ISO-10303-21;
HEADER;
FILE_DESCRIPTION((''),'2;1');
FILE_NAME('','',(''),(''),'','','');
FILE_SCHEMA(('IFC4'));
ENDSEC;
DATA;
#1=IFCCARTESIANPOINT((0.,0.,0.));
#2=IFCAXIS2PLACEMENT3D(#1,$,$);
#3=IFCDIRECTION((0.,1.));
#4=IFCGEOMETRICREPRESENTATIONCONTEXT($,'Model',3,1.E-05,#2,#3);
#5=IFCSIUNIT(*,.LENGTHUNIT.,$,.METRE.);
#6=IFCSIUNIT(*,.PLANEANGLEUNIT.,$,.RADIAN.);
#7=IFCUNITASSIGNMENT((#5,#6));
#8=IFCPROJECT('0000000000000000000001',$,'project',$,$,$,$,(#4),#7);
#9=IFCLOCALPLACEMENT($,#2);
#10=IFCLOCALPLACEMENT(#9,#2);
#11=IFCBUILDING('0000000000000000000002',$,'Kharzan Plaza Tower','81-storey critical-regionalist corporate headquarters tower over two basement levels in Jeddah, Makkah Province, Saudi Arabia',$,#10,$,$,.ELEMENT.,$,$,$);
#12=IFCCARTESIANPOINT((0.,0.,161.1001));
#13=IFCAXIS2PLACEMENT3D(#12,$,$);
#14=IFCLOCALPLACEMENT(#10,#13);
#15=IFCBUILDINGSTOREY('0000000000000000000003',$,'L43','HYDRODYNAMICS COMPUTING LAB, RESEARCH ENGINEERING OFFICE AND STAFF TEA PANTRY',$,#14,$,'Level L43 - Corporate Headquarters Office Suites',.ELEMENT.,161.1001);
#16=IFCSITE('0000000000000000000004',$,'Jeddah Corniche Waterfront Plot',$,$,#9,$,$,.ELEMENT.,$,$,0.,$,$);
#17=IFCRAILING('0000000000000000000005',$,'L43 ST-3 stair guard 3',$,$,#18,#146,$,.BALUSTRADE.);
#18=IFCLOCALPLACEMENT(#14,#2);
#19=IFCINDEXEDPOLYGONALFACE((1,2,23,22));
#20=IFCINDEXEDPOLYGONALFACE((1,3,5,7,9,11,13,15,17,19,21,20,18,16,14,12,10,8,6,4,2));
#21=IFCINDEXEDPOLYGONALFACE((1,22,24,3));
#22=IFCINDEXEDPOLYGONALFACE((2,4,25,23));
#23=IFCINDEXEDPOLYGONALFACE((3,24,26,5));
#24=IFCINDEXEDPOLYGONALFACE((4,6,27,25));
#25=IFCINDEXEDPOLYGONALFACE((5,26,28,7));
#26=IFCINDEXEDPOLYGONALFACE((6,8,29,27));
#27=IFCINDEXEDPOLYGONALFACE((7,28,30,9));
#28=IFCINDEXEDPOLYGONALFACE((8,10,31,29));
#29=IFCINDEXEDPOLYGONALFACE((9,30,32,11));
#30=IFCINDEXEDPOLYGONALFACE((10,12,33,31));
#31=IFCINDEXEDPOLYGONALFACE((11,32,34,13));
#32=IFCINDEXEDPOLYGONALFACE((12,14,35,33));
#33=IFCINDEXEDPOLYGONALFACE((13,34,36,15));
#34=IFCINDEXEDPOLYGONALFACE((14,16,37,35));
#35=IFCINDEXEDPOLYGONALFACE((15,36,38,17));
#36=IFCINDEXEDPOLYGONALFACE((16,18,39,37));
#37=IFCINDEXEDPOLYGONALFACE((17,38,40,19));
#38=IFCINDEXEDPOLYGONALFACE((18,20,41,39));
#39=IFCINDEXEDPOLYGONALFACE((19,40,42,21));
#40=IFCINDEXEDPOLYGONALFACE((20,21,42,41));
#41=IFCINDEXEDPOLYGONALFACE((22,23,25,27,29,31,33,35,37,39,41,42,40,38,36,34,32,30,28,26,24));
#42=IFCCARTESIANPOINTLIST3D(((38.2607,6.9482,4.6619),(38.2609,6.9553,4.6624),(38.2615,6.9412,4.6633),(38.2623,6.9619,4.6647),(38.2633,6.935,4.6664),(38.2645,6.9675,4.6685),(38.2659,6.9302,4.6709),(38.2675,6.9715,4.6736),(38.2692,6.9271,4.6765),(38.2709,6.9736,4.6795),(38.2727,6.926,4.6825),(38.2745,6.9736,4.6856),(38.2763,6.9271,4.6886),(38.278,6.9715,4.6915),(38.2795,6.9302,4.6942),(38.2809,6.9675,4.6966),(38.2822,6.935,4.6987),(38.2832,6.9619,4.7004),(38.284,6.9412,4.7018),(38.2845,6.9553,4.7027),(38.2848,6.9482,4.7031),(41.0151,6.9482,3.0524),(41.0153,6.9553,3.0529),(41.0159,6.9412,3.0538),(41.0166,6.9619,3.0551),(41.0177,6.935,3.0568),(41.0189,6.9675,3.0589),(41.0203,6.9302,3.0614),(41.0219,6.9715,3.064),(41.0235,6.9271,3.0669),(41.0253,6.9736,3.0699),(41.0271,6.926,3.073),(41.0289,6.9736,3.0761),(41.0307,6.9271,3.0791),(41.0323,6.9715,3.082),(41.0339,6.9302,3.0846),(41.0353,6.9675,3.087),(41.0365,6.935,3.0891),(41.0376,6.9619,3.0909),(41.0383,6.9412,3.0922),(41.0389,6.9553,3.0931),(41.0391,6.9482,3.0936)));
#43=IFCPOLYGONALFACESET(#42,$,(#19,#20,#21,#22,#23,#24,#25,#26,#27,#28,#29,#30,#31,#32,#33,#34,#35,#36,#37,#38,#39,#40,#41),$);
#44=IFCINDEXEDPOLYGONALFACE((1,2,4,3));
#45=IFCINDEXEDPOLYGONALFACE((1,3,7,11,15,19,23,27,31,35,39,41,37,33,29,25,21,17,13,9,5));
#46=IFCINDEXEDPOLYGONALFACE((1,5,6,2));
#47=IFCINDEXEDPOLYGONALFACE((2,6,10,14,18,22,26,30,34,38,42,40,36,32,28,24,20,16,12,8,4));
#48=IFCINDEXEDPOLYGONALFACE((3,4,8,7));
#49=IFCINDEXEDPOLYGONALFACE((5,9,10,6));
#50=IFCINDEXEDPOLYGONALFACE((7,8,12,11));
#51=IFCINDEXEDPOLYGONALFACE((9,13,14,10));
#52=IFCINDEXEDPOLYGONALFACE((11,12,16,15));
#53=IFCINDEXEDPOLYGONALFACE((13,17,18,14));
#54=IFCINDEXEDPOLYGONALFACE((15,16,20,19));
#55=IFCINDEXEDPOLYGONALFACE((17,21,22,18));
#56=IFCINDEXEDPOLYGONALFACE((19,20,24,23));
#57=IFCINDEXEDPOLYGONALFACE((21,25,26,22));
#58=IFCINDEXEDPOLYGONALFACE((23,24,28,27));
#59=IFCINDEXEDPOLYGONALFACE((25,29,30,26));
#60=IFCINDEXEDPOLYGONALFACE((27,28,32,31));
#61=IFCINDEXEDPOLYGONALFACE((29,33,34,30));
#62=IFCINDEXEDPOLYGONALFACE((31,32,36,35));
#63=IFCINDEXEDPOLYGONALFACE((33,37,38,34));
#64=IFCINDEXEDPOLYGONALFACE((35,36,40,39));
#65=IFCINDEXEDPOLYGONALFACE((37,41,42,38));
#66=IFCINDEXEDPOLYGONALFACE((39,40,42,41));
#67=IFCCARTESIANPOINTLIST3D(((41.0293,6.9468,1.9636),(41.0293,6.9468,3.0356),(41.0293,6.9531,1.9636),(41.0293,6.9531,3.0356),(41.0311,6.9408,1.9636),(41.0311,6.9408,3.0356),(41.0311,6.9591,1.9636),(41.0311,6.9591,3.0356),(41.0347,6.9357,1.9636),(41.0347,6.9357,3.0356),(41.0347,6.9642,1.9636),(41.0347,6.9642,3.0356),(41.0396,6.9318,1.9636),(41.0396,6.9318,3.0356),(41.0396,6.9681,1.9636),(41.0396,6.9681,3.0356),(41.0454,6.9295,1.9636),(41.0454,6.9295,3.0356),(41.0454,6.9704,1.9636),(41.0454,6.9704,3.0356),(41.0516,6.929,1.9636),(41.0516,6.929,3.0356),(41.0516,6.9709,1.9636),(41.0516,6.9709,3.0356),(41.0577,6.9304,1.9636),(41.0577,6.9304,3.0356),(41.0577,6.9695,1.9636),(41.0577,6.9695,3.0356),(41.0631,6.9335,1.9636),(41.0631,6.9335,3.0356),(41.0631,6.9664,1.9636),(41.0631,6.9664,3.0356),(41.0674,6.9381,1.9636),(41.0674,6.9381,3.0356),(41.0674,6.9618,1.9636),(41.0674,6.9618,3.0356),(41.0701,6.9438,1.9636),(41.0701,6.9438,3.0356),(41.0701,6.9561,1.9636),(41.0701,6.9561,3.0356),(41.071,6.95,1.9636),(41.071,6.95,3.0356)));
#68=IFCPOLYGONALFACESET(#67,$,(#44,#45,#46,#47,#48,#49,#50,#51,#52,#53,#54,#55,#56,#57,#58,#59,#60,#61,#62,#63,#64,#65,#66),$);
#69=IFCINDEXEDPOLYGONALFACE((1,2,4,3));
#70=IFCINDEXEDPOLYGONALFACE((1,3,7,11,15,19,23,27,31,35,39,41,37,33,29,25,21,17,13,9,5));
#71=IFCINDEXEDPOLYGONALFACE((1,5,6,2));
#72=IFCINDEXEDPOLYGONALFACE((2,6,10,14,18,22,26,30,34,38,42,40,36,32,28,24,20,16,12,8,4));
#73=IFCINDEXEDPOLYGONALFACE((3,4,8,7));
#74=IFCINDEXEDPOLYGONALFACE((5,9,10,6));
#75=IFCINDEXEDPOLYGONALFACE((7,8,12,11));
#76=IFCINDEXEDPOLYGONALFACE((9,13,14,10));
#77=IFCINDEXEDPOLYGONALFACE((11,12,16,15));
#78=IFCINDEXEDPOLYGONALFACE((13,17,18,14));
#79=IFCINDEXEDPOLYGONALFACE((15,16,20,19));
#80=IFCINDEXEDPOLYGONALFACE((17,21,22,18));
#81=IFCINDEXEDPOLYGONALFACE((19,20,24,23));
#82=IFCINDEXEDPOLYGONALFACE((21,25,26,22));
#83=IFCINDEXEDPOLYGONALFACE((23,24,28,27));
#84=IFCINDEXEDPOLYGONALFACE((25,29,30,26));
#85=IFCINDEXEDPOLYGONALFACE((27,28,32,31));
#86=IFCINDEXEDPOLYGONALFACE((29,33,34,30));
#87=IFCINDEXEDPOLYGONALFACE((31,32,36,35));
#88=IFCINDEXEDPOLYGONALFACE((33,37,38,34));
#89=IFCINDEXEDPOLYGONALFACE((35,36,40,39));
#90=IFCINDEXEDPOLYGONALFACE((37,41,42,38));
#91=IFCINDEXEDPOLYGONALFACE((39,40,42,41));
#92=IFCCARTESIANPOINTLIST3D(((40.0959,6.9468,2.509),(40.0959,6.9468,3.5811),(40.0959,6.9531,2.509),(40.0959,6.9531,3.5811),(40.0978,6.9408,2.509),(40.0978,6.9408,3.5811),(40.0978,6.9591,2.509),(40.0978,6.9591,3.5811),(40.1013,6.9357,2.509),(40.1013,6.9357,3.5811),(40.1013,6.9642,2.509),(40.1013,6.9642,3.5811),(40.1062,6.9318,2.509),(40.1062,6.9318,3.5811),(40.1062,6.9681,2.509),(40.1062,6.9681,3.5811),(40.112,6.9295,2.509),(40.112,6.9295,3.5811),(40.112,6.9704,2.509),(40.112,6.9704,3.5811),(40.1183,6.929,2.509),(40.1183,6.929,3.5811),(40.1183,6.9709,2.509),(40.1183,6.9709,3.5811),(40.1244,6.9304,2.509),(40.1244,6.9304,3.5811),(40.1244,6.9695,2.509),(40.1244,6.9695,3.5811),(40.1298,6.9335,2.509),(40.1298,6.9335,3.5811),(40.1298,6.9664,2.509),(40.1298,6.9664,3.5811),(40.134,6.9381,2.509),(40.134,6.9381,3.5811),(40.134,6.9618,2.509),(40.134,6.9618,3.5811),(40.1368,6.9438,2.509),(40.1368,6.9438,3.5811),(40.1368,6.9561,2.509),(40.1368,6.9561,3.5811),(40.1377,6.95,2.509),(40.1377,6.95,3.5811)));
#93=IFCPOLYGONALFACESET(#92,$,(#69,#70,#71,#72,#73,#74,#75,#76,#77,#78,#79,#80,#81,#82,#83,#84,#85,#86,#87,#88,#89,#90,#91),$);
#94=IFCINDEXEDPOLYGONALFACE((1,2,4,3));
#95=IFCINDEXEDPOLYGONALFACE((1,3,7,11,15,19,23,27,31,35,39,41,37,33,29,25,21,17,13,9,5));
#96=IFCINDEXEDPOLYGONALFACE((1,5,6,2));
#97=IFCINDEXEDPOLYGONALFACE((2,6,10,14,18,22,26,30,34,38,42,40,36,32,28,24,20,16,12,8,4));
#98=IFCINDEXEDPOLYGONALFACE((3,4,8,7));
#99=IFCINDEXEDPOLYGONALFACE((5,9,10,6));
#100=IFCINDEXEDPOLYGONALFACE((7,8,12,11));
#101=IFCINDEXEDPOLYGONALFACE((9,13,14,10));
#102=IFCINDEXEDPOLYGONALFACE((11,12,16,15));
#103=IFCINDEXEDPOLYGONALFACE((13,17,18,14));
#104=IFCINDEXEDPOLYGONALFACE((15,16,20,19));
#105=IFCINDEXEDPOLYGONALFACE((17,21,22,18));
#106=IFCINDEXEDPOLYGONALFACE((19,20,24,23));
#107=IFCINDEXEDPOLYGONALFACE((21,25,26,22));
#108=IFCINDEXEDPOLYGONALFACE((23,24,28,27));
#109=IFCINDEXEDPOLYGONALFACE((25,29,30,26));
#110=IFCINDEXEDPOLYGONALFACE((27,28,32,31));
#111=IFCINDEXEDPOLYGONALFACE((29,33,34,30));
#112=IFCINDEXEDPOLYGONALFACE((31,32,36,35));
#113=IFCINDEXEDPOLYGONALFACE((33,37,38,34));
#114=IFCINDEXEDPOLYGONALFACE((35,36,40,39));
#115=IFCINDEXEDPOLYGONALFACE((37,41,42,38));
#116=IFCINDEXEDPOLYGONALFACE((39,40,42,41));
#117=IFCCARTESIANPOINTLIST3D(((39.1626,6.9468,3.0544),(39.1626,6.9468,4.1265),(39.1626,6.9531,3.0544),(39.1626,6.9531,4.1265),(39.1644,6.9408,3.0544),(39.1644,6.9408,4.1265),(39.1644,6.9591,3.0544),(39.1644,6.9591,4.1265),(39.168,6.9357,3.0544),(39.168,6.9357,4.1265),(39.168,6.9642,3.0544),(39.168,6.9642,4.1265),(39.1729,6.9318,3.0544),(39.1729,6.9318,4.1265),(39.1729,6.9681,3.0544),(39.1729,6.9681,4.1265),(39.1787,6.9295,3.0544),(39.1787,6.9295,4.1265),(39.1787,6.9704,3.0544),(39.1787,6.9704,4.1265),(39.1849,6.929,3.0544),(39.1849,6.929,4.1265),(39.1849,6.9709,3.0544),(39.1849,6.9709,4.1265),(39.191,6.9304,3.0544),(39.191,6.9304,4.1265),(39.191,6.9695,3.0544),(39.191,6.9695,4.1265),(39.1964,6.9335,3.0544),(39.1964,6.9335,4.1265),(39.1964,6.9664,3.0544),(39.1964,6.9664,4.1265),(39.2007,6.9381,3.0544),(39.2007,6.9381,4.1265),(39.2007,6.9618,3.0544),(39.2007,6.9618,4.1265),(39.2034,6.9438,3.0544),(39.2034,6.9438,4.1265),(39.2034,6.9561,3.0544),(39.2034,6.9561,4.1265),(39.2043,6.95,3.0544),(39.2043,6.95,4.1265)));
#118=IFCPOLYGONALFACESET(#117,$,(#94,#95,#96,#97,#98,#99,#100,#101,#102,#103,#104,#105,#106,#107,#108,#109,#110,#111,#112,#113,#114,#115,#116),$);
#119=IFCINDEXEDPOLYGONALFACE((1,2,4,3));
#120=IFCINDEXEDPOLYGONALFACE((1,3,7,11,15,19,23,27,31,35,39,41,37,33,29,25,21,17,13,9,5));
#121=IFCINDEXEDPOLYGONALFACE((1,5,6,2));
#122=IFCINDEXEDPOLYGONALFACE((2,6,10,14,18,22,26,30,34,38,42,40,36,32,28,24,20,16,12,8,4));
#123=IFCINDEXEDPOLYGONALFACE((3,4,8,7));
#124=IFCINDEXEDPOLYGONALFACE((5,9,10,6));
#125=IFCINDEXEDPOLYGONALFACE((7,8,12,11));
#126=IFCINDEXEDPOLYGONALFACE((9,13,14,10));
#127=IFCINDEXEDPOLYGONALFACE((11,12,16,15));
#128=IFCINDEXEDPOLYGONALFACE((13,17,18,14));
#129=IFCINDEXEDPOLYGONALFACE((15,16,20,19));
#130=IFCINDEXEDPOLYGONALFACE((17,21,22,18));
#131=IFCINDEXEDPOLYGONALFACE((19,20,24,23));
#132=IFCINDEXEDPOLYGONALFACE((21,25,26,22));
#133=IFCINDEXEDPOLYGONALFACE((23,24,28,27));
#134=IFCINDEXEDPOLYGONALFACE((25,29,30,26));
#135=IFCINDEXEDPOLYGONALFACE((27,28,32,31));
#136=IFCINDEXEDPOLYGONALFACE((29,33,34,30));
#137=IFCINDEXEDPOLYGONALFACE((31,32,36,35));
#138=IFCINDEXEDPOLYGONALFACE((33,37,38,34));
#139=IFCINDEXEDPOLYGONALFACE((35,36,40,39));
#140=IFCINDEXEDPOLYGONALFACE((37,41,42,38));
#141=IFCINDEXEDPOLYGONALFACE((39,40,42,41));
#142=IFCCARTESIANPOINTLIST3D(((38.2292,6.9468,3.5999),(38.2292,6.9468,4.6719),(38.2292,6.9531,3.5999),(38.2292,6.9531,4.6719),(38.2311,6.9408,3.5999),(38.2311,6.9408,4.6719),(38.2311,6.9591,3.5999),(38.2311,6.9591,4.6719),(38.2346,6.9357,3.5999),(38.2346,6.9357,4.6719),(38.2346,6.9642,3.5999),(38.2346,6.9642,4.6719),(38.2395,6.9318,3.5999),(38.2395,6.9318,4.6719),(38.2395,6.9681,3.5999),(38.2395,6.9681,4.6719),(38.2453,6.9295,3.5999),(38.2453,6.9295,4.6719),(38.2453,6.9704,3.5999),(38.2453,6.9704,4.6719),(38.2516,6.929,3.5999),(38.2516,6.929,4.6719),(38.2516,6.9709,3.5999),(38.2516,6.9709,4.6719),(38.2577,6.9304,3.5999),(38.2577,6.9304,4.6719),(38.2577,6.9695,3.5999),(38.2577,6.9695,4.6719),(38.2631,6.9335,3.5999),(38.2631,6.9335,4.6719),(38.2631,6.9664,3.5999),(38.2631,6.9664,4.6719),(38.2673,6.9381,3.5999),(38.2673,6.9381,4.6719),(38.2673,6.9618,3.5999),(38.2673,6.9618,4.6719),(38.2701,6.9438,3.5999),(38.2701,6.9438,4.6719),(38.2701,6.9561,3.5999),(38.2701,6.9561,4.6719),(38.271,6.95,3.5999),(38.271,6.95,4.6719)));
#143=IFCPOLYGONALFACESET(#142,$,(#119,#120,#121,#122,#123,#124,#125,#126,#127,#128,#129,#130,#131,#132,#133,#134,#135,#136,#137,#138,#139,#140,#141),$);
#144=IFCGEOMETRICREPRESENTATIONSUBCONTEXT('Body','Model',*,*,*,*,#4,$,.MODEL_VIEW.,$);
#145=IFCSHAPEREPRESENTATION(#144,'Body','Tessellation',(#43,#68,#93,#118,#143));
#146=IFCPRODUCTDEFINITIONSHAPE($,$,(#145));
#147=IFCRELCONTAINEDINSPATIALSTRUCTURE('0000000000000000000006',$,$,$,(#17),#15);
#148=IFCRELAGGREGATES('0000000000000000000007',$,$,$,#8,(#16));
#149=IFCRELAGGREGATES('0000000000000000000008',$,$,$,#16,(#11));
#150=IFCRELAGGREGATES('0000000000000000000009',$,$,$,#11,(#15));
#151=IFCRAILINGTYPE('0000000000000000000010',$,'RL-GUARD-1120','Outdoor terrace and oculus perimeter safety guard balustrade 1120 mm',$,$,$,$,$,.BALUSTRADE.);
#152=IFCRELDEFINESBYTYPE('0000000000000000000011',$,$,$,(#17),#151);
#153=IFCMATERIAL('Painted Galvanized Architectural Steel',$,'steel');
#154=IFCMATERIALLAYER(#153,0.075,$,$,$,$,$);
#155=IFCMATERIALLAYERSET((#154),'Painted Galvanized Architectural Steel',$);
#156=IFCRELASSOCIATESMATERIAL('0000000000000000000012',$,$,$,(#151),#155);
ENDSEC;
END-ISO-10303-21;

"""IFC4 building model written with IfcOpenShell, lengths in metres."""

from ifc_helpers import new_model, si_unit, direction, frame, origin, origin_2d, place, context, subcontext, project, spatial, circle, extrude, source, transform, mapped, material, layer, layer_set, type_object, element, save


model = new_model("IFC4")

# Units and contexts
model_context = context("Model", 3, precision=1e-05, world=origin(), true_north=direction((0.0, 1.0)))
body_context = subcontext(model_context, "Body", "Model", "MODEL_VIEW")
ifc_project = project(units=[si_unit("LENGTHUNIT", "METRE"), si_unit("PLANEANGLEUNIT", "RADIAN")], contexts=[model_context])

# Site, building, storey
site_placement = place(None, origin())
site = spatial("IfcSite", under=ifc_project, at=site_placement, Name="Jeddah Corniche Waterfront Plot", CompositionType="ELEMENT", RefElevation=0.0)
building_placement = place(site_placement, origin())
building = spatial("IfcBuilding", under=site, at=building_placement, Name="Kharzan Plaza Tower", Description="81-storey critical-regionalist corporate headquarters tower over two basement levels in Jeddah, Makkah Province, Saudi Arabia", CompositionType="ELEMENT")
storey_placement = place(building_placement, frame((0.0, 0.0, 161.1001)))
storey = spatial("IfcBuildingStorey", under=building, at=storey_placement, Name="L43", Description="HYDRODYNAMICS COMPUTING LAB, RESEARCH ENGINEERING OFFICE AND STAFF TEA PANTRY", LongName="Level L43 - Corporate Headquarters Office Suites", CompositionType="ELEMENT", Elevation=161.1001)

# Railing
ifc_material_1 = material(Name="Painted Galvanized Architectural Steel", Category="steel")
ifc_layer_1 = layer(ifc_material_1, 0.075)
ifc_layer_set_1 = layer_set([ifc_layer_1], Name="Painted Galvanized Architectural Steel")
railing_type_1 = type_object("IfcRailingType", Name="RL-GUARD-1120", Description="Outdoor terrace and oculus perimeter safety guard balustrade 1120 mm", PredefinedType="BALUSTRADE", material=ifc_layer_set_1)
shared_shape_1 = source(origin(), body_context, "Body", "SweptSolid", [
    extrude(circle(Radius=0.0239, at=origin_2d()), frame((-0.0229, 0.0, 1.1094), z_axis=(-0.863394, 0.0, 0.504531), x_axis=(0.0, -1.0, 0.0)), (0.0, 0.0, 1.0), 3.1902),
    extrude(circle(Radius=0.021, at=origin_2d()), origin(), (0.0, 0.0, 1.0), 1.072),
    extrude(circle(Radius=0.021, at=origin_2d()), frame((-0.9333, 0.0, 0.5454)), (0.0, 0.0, 1.0), 1.072),
    extrude(circle(Radius=0.021, at=origin_2d()), frame((-1.8667, 0.0, 1.0908)), (0.0, 0.0, 1.0), 1.072),
    extrude(circle(Radius=0.021, at=origin_2d()), frame((-2.8, 0.0, 1.6362)), (0.0, 0.0, 1.0), 1.072),
])
railing_1_placement = place(storey_placement, frame((41.05, 6.95, 1.9636)))
element("IfcRailing", 1, at=railing_1_placement, inside=storey, type_object=railing_type_1, Name="L43 ST-3 stair guard 3", PredefinedType="BALUSTRADE", context=body_context, shape_type="MappedRepresentation", body=[
    mapped(shared_shape_1, transform((0.0, 0.0, 0.0), x_axis=(1.0, 0.0, 0.0), y_axis=(0.0, 1.0, 0.0), z_axis=(0.0, 0.0, 1.0))),
])

save(model, "model.ifc")
